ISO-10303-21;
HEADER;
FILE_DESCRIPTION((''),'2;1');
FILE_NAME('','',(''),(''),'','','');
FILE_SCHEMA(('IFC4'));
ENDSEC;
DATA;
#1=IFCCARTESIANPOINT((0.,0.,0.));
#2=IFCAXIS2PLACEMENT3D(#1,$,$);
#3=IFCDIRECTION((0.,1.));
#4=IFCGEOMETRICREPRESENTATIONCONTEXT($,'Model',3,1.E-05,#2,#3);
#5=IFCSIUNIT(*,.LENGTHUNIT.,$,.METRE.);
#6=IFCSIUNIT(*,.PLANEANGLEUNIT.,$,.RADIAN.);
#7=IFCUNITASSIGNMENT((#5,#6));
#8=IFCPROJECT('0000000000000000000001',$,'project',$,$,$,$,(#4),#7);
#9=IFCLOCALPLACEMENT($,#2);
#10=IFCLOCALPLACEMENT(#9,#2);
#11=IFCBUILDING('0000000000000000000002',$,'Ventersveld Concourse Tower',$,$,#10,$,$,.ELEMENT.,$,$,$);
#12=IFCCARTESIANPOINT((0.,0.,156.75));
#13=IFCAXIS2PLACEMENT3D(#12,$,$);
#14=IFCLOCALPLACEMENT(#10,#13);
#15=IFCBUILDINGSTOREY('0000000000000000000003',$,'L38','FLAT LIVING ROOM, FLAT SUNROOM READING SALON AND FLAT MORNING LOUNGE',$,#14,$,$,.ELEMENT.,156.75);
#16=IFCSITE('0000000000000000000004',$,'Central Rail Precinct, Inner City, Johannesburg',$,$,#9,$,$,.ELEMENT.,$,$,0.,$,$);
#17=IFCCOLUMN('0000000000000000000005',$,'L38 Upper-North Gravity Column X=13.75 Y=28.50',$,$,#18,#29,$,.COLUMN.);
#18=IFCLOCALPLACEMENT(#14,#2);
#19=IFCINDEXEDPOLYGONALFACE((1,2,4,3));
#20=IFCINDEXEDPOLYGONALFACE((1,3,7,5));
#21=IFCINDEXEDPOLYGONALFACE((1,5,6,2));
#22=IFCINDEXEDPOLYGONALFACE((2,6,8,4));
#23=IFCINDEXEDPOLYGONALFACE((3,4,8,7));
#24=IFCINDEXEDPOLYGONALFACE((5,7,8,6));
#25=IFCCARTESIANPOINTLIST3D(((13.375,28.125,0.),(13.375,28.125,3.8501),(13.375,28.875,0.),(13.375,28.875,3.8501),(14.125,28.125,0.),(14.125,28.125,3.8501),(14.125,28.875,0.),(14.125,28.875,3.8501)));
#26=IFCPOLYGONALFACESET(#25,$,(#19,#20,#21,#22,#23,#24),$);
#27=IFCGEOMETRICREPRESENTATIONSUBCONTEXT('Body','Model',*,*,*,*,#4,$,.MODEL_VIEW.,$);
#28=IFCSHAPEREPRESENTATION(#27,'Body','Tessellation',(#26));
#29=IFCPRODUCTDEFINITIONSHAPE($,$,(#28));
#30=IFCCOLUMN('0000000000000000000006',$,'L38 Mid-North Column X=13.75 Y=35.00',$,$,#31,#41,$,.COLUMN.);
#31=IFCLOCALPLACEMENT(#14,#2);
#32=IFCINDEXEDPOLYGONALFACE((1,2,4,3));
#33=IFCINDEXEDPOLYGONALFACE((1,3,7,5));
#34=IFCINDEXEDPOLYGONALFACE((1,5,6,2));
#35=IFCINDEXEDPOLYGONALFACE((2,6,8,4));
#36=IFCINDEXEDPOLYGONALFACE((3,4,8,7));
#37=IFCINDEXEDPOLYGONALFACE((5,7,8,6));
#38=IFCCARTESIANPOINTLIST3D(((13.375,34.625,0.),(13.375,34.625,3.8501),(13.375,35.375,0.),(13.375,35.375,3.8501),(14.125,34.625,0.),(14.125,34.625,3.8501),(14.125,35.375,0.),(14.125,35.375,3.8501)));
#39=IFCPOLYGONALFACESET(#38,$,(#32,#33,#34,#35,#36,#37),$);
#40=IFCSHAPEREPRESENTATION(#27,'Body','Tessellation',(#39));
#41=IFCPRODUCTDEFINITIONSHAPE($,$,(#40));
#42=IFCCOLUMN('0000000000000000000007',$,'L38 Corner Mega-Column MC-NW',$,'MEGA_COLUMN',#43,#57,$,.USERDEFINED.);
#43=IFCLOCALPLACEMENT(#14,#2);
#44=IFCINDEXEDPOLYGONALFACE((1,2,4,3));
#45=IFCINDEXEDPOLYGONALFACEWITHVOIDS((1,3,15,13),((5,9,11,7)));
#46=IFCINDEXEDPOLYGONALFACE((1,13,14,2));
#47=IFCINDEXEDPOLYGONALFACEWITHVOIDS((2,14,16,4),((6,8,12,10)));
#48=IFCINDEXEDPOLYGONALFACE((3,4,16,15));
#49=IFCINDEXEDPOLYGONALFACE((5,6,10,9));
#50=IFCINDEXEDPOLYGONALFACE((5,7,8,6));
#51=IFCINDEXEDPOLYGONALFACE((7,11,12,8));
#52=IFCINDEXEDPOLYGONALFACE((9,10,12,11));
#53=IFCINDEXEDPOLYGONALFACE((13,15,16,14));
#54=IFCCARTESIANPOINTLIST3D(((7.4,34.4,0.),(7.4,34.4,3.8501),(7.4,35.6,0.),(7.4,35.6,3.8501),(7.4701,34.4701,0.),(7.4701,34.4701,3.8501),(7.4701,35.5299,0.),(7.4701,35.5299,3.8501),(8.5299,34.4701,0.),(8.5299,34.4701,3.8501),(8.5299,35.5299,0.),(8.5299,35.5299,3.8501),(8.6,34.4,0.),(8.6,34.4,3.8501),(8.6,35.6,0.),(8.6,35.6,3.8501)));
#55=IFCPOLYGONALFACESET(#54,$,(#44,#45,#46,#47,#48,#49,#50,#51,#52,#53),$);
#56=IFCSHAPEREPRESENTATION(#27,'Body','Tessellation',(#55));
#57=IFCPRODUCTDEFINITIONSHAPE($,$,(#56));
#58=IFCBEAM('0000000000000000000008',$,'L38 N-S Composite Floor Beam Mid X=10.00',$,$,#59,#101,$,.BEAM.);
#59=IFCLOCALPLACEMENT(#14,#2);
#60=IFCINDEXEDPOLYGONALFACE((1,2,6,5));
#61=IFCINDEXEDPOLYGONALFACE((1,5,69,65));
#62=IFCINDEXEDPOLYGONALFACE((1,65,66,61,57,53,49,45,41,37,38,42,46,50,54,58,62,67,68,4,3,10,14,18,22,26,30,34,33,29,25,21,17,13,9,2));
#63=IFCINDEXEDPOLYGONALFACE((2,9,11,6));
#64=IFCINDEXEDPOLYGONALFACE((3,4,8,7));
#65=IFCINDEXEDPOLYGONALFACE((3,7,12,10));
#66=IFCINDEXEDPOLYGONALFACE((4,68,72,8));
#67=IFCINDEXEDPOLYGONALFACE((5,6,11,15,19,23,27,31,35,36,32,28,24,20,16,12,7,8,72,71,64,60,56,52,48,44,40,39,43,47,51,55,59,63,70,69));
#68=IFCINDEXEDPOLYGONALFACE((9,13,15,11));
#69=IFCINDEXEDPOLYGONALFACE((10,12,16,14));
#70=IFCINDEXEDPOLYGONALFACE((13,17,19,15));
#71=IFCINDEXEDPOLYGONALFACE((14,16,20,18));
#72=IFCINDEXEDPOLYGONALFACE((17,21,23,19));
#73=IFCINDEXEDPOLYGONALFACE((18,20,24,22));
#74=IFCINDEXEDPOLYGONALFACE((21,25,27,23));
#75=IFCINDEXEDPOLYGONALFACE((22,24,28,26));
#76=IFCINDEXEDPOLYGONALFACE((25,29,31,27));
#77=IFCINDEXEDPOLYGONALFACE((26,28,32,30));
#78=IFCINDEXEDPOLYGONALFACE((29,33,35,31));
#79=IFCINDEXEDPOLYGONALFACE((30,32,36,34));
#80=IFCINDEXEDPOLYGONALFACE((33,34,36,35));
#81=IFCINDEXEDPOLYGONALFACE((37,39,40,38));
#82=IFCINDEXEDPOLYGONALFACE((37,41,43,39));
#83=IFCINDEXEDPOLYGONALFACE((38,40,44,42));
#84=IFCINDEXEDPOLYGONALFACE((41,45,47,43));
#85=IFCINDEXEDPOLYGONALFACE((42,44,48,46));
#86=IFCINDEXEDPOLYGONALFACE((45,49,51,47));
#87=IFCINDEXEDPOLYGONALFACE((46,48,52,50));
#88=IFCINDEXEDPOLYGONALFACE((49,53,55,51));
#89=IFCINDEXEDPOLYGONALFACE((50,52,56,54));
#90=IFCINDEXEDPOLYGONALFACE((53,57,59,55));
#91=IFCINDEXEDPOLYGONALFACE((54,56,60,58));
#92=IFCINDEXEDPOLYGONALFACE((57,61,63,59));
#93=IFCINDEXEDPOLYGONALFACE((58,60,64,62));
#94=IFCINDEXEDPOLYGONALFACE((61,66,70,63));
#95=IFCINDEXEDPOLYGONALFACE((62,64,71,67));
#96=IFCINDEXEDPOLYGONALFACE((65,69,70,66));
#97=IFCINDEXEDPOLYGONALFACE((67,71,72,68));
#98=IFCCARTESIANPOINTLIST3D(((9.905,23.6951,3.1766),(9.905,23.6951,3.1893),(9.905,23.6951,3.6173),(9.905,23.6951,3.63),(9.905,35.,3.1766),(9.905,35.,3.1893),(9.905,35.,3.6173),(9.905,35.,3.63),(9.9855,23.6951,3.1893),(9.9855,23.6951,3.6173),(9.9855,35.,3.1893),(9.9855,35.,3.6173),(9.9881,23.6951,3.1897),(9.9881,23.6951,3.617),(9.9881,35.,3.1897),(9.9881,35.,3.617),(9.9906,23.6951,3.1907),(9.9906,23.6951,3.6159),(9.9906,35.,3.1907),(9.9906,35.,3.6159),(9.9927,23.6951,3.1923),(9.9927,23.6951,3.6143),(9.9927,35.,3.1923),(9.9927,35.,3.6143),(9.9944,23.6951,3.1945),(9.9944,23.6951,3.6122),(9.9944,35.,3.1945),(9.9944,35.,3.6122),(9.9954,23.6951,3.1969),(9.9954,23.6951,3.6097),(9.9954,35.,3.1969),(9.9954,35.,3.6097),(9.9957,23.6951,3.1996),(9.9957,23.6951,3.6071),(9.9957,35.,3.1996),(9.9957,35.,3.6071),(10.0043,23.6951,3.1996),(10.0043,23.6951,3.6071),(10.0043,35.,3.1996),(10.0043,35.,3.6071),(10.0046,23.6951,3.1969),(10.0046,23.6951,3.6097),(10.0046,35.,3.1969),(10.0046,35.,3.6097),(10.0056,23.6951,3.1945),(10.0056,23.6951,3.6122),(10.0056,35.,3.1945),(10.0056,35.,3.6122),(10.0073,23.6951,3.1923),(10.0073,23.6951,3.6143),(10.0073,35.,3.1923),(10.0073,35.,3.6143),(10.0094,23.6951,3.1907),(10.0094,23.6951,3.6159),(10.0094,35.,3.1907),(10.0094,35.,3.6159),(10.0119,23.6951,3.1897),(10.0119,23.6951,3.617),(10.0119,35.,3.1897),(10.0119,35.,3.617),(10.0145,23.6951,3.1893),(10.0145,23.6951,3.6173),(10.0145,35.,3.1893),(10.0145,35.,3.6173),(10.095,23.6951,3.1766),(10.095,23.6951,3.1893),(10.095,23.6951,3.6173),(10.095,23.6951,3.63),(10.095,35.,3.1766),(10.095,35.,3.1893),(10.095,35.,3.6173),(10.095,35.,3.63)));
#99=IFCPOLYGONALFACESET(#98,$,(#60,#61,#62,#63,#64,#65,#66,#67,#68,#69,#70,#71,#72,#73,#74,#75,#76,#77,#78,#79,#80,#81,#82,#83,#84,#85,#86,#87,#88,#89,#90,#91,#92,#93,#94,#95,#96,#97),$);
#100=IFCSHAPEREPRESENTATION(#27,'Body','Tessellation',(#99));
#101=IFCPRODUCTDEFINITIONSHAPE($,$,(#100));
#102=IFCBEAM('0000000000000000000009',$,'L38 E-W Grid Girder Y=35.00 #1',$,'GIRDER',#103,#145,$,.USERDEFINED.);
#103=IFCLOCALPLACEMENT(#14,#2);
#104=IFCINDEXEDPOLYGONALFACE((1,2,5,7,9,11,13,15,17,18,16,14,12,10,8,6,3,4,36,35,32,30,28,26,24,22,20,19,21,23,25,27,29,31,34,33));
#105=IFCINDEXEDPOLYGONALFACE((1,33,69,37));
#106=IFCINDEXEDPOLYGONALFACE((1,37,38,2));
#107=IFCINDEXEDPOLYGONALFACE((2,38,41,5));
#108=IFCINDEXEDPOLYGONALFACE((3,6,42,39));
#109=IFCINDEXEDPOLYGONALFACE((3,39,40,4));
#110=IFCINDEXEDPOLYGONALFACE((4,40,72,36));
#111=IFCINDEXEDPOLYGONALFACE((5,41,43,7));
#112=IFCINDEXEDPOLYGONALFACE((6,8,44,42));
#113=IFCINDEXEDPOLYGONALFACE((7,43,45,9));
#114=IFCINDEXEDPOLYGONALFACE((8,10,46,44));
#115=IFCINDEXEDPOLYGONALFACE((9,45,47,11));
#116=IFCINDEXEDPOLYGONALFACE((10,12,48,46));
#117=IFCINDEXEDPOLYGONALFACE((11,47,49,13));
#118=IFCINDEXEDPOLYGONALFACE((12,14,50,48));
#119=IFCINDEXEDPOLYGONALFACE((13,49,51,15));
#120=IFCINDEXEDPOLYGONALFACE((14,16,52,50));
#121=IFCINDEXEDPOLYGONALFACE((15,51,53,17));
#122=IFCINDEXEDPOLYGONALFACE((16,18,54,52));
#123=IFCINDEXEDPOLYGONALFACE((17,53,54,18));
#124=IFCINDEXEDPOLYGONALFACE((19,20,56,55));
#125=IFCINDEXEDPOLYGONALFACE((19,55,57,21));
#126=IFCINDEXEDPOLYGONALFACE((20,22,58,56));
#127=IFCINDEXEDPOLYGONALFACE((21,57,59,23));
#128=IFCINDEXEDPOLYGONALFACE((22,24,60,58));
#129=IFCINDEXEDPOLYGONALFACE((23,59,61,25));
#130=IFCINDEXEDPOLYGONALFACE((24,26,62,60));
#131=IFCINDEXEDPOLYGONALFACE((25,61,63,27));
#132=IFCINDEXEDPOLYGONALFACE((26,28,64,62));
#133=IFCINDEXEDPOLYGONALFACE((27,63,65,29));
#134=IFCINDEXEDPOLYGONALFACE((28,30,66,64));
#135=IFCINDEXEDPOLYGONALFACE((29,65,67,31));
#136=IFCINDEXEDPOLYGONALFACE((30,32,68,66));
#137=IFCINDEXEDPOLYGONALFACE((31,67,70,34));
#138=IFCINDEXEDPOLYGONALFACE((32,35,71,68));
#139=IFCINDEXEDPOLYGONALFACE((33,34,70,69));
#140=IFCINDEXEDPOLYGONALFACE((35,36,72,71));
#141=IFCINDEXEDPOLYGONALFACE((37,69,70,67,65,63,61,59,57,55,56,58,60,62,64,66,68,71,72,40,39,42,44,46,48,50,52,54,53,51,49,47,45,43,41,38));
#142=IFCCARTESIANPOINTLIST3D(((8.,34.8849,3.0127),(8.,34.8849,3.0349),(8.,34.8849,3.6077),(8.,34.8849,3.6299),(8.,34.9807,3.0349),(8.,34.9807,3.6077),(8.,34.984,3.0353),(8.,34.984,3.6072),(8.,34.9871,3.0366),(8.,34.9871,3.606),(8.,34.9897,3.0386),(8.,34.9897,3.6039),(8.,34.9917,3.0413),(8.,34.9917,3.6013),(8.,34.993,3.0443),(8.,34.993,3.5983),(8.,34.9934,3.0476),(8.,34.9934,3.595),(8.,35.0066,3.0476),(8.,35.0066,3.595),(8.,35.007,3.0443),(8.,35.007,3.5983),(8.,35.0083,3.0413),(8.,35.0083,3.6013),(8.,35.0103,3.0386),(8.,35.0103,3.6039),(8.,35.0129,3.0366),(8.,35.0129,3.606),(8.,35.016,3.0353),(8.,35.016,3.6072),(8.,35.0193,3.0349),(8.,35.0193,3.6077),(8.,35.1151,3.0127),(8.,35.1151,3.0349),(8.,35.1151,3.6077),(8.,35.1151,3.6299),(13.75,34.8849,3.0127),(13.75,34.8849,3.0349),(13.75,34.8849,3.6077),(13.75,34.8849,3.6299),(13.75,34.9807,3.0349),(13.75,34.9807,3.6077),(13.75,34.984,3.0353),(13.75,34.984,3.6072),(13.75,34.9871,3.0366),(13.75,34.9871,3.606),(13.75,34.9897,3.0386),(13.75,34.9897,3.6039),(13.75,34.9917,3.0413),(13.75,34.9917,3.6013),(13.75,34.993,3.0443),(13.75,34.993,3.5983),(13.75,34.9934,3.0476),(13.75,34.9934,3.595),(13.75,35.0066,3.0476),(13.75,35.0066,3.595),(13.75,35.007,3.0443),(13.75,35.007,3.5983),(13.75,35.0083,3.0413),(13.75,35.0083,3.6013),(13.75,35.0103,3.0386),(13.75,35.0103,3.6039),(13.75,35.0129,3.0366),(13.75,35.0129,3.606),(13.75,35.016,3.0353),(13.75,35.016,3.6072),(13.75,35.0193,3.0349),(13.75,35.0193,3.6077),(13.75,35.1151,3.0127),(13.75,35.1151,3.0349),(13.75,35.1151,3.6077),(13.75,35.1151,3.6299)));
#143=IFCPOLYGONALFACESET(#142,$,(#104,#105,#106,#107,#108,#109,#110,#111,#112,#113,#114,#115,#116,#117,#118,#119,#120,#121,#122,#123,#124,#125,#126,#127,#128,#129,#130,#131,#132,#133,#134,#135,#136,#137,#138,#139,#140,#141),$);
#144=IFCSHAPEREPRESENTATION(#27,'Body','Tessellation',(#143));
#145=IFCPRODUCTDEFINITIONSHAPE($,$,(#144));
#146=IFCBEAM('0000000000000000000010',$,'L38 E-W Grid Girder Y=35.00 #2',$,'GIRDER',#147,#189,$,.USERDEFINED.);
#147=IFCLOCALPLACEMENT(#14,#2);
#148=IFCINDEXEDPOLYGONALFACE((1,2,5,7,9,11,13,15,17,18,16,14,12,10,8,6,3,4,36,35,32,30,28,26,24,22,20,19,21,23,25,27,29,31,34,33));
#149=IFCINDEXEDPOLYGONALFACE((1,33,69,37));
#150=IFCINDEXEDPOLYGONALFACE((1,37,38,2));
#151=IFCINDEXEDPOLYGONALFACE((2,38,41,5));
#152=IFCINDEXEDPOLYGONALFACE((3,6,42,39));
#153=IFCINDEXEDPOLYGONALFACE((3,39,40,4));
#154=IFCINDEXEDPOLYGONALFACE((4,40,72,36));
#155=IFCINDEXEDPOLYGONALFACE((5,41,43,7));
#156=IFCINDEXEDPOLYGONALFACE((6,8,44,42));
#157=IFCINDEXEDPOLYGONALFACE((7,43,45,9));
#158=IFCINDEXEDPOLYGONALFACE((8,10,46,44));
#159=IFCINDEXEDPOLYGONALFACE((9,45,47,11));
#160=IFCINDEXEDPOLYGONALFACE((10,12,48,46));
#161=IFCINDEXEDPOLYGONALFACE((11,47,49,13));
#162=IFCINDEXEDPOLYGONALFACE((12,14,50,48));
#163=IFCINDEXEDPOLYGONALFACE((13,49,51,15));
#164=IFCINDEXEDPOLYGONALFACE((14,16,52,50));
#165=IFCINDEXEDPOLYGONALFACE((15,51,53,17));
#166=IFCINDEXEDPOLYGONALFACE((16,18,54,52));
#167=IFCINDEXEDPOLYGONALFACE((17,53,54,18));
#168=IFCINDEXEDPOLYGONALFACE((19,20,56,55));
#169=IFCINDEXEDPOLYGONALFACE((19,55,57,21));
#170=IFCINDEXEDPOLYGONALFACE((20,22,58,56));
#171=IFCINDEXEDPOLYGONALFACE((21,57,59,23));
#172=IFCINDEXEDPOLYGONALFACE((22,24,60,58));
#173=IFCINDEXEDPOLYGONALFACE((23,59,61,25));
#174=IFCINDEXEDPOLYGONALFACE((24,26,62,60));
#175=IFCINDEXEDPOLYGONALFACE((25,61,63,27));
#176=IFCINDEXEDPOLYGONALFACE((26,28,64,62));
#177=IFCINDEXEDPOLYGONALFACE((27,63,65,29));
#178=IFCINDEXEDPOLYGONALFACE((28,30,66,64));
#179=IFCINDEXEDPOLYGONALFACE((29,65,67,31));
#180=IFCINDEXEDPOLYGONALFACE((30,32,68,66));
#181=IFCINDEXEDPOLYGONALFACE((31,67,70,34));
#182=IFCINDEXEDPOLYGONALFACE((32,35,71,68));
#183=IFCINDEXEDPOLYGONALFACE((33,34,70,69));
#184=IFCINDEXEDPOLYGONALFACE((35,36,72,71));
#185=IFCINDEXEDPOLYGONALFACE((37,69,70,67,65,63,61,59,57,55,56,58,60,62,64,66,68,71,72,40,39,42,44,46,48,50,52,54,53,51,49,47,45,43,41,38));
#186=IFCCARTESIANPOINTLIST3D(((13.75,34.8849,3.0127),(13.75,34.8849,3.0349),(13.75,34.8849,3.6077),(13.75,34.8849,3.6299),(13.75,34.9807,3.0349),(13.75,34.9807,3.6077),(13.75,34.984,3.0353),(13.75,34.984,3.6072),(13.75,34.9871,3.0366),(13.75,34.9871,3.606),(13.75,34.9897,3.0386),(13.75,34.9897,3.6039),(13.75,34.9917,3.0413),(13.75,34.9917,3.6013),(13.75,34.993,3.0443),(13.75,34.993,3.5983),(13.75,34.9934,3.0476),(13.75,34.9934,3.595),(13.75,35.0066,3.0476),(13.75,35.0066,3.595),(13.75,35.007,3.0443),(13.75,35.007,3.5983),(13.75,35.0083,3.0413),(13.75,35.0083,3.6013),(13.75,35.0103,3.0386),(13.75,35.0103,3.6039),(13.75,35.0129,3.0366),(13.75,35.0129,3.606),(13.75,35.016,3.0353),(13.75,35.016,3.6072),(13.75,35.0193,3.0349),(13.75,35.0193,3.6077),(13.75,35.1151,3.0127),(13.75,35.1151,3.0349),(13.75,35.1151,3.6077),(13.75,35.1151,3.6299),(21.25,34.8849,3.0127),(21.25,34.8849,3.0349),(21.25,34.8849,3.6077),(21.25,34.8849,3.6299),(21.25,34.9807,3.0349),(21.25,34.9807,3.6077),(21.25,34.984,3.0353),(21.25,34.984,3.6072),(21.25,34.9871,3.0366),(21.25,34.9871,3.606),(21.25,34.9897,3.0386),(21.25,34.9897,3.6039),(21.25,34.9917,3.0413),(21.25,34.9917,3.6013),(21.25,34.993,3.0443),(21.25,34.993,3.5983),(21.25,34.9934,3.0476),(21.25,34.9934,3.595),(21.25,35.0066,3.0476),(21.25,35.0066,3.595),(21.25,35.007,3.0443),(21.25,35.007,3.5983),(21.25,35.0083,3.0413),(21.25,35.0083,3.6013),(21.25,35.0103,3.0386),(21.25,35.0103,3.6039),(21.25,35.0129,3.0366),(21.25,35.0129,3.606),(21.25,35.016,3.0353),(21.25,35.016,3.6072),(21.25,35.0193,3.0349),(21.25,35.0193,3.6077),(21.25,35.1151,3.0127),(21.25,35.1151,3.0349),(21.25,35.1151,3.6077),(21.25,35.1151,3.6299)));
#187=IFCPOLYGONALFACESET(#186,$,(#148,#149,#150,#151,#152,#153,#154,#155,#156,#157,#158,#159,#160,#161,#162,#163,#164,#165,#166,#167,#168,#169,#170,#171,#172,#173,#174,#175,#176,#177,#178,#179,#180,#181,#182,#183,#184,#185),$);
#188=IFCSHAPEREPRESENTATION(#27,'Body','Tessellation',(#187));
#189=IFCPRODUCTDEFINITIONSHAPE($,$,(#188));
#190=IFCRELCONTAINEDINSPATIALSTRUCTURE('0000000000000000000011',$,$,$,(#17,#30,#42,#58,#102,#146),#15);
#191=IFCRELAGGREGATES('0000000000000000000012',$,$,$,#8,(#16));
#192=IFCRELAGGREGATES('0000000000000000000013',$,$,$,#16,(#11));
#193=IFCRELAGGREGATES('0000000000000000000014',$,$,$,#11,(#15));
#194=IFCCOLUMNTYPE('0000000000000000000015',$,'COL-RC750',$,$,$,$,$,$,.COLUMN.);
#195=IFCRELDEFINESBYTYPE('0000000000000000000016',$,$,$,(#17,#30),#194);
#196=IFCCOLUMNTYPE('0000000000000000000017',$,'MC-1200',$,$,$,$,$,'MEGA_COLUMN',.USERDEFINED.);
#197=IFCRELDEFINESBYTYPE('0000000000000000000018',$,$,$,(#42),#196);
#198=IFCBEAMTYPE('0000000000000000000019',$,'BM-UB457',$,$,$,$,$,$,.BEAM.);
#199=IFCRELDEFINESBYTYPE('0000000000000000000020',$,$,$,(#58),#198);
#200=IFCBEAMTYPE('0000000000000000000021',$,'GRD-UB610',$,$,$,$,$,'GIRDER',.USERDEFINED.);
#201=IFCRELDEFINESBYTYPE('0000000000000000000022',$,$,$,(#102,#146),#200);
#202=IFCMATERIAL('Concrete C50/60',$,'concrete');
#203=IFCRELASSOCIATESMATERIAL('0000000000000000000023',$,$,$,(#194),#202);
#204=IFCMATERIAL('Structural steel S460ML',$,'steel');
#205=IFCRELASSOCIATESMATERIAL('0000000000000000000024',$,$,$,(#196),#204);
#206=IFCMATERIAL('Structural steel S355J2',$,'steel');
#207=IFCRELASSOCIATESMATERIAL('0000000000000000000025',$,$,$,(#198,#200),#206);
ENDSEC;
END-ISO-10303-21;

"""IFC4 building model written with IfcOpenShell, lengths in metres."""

from ifc_helpers import new_model, si_unit, direction, frame, origin, origin_2d, place, context, subcontext, project, spatial, rectangle, hollow_rectangle, i_section, extrude, material, material_profile, profile_set, type_object, element, save


model = new_model("IFC4")

# Units and contexts
model_context = context("Model", 3, precision=1e-05, world=origin(), true_north=direction((0.0, 1.0)))
body_context = subcontext(model_context, "Body", "Model", "MODEL_VIEW")
ifc_project = project(units=[si_unit("LENGTHUNIT", "METRE"), si_unit("PLANEANGLEUNIT", "RADIAN")], contexts=[model_context])

# Site, building, storey
site_placement = place(None, origin())
site = spatial("IfcSite", under=ifc_project, at=site_placement, Name="Central Rail Precinct, Inner City, Johannesburg", CompositionType="ELEMENT", RefElevation=0.0)
building_placement = place(site_placement, origin())
building = spatial("IfcBuilding", under=site, at=building_placement, Name="Ventersveld Concourse Tower", CompositionType="ELEMENT")
storey_placement = place(building_placement, frame((0.0, 0.0, 156.75)))
storey = spatial("IfcBuildingStorey", under=building, at=storey_placement, Name="L38", Description="FLAT LIVING ROOM, FLAT SUNROOM READING SALON AND FLAT MORNING LOUNGE", CompositionType="ELEMENT", Elevation=156.75)

# Columns
ifc_material_1 = material(Name="Concrete C50/60", Category="concrete")
ifc_material_profile_1 = material_profile(ifc_material_1, rectangle(XDim=0.75, YDim=0.75, at=origin_2d()), Name="RC 750x750")
ifc_profile_set_1 = profile_set([ifc_material_profile_1], Name="Concrete C50/60")
column_type_1 = type_object("IfcColumnType", Name="COL-RC750", PredefinedType="COLUMN", material=ifc_profile_set_1)
for number, where, z_axis, x_axis, name in (
    (1, (13.75, 28.5, 0.0), (0.0, 0.0, 1.0), (1.0, 0.0, 0.0), "L38 Upper-North Gravity Column X=13.75 Y=28.50"),
    (2, (13.75, 35.0, 0.0), (0.0, 0.0, 1.0), (1.0, 0.0, 0.0), "L38 Mid-North Column X=13.75 Y=35.00"),
):
    element("IfcColumn", number, at=place(storey_placement, frame(where, z_axis=z_axis, x_axis=x_axis)), inside=storey, type_object=column_type_1, Name=name, PredefinedType="COLUMN", context=body_context, shape_type="SweptSolid", body=[
        extrude(rectangle(XDim=0.75, YDim=0.75, at=origin_2d()), origin(), (0.0, 0.0, 1.0), 3.8501),
    ])
ifc_material_2 = material(Name="Structural steel S460ML", Category="steel")
ifc_material_profile_2 = material_profile(ifc_material_2, hollow_rectangle(XDim=1.2, YDim=1.2, WallThickness=0.0701, at=origin_2d()), Name="BOX 1200x1200x70")
ifc_profile_set_2 = profile_set([ifc_material_profile_2], Name="Structural steel S460ML")
column_type_2 = type_object("IfcColumnType", Name="MC-1200", ElementType="MEGA_COLUMN", PredefinedType="USERDEFINED", material=ifc_profile_set_2)
column_placement = place(storey_placement, frame((8.0, 35.0, 0.0), z_axis=(0.0, 0.0, 1.0), x_axis=(1.0, 0.0, 0.0)))
element("IfcColumn", 3, at=column_placement, inside=storey, type_object=column_type_2, Name="L38 Corner Mega-Column MC-NW", ObjectType="MEGA_COLUMN", PredefinedType="USERDEFINED", context=body_context, shape_type="SweptSolid", body=[
    extrude(hollow_rectangle(XDim=1.2, YDim=1.2, WallThickness=0.0701, at=origin_2d()), origin(), (0.0, 0.0, 1.0), 3.8501),
])

# Beams
ifc_material_3 = material(Name="Structural steel S355J2", Category="steel")
ifc_material_profile_3 = material_profile(ifc_material_3, i_section(OverallWidth=0.1899, OverallDepth=0.4534, WebThickness=0.0085, FlangeThickness=0.0127, FilletRadius=0.0103, at=origin_2d()), Name="UB 457x191x67")
ifc_profile_set_3 = profile_set([ifc_material_profile_3], Name="Structural steel S355J2")
beam_type_1 = type_object("IfcBeamType", Name="BM-UB457", PredefinedType="BEAM", material=ifc_profile_set_3)
beam_1_placement = place(storey_placement, frame((10.0, 23.6951, 3.4033), z_axis=(0.0, 1.0, 0.0), x_axis=(-1.0, 0.0, 0.0)))
element("IfcBeam", 4, at=beam_1_placement, inside=storey, type_object=beam_type_1, Name="L38 N-S Composite Floor Beam Mid X=10.00", PredefinedType="BEAM", context=body_context, shape_type="SweptSolid", body=[
    extrude(i_section(OverallWidth=0.1899, OverallDepth=0.4534, WebThickness=0.0085, FlangeThickness=0.0127, FilletRadius=0.0103, at=origin_2d()), origin(), (0.0, 0.0, 1.0), 11.3049),
])
ifc_material_profile_4 = material_profile(ifc_material_3, i_section(OverallWidth=0.2302, OverallDepth=0.6172, WebThickness=0.0132, FlangeThickness=0.0222, FilletRadius=0.0127, at=origin_2d()), Name="UB 610x229x140")
ifc_profile_set_4 = profile_set([ifc_material_profile_4], Name="Structural steel S355J2")
beam_type_2 = type_object("IfcBeamType", Name="GRD-UB610", ElementType="GIRDER", PredefinedType="USERDEFINED", material=ifc_profile_set_4)
beam_2_placement = place(storey_placement, frame((8.0, 35.0, 3.3213), z_axis=(1.0, 0.0, 0.0), x_axis=(0.0, 1.0, 0.0)))
element("IfcBeam", 5, at=beam_2_placement, inside=storey, type_object=beam_type_2, Name="L38 E-W Grid Girder Y=35.00 #1", ObjectType="GIRDER", PredefinedType="USERDEFINED", context=body_context, shape_type="SweptSolid", body=[
    extrude(i_section(OverallWidth=0.2302, OverallDepth=0.6172, WebThickness=0.0132, FlangeThickness=0.0222, FilletRadius=0.0127, at=origin_2d()), origin(), (0.0, 0.0, 1.0), 5.75),
])
beam_3_placement = place(storey_placement, frame((13.75, 35.0, 3.3213), z_axis=(1.0, 0.0, 0.0), x_axis=(0.0, 1.0, 0.0)))
element("IfcBeam", 6, at=beam_3_placement, inside=storey, type_object=beam_type_2, Name="L38 E-W Grid Girder Y=35.00 #2", ObjectType="GIRDER", PredefinedType="USERDEFINED", context=body_context, shape_type="SweptSolid", body=[
    extrude(i_section(OverallWidth=0.2302, OverallDepth=0.6172, WebThickness=0.0132, FlangeThickness=0.0222, FilletRadius=0.0127, at=origin_2d()), origin(), (0.0, 0.0, 1.0), 7.5),
])

save(model, "model.ifc")
